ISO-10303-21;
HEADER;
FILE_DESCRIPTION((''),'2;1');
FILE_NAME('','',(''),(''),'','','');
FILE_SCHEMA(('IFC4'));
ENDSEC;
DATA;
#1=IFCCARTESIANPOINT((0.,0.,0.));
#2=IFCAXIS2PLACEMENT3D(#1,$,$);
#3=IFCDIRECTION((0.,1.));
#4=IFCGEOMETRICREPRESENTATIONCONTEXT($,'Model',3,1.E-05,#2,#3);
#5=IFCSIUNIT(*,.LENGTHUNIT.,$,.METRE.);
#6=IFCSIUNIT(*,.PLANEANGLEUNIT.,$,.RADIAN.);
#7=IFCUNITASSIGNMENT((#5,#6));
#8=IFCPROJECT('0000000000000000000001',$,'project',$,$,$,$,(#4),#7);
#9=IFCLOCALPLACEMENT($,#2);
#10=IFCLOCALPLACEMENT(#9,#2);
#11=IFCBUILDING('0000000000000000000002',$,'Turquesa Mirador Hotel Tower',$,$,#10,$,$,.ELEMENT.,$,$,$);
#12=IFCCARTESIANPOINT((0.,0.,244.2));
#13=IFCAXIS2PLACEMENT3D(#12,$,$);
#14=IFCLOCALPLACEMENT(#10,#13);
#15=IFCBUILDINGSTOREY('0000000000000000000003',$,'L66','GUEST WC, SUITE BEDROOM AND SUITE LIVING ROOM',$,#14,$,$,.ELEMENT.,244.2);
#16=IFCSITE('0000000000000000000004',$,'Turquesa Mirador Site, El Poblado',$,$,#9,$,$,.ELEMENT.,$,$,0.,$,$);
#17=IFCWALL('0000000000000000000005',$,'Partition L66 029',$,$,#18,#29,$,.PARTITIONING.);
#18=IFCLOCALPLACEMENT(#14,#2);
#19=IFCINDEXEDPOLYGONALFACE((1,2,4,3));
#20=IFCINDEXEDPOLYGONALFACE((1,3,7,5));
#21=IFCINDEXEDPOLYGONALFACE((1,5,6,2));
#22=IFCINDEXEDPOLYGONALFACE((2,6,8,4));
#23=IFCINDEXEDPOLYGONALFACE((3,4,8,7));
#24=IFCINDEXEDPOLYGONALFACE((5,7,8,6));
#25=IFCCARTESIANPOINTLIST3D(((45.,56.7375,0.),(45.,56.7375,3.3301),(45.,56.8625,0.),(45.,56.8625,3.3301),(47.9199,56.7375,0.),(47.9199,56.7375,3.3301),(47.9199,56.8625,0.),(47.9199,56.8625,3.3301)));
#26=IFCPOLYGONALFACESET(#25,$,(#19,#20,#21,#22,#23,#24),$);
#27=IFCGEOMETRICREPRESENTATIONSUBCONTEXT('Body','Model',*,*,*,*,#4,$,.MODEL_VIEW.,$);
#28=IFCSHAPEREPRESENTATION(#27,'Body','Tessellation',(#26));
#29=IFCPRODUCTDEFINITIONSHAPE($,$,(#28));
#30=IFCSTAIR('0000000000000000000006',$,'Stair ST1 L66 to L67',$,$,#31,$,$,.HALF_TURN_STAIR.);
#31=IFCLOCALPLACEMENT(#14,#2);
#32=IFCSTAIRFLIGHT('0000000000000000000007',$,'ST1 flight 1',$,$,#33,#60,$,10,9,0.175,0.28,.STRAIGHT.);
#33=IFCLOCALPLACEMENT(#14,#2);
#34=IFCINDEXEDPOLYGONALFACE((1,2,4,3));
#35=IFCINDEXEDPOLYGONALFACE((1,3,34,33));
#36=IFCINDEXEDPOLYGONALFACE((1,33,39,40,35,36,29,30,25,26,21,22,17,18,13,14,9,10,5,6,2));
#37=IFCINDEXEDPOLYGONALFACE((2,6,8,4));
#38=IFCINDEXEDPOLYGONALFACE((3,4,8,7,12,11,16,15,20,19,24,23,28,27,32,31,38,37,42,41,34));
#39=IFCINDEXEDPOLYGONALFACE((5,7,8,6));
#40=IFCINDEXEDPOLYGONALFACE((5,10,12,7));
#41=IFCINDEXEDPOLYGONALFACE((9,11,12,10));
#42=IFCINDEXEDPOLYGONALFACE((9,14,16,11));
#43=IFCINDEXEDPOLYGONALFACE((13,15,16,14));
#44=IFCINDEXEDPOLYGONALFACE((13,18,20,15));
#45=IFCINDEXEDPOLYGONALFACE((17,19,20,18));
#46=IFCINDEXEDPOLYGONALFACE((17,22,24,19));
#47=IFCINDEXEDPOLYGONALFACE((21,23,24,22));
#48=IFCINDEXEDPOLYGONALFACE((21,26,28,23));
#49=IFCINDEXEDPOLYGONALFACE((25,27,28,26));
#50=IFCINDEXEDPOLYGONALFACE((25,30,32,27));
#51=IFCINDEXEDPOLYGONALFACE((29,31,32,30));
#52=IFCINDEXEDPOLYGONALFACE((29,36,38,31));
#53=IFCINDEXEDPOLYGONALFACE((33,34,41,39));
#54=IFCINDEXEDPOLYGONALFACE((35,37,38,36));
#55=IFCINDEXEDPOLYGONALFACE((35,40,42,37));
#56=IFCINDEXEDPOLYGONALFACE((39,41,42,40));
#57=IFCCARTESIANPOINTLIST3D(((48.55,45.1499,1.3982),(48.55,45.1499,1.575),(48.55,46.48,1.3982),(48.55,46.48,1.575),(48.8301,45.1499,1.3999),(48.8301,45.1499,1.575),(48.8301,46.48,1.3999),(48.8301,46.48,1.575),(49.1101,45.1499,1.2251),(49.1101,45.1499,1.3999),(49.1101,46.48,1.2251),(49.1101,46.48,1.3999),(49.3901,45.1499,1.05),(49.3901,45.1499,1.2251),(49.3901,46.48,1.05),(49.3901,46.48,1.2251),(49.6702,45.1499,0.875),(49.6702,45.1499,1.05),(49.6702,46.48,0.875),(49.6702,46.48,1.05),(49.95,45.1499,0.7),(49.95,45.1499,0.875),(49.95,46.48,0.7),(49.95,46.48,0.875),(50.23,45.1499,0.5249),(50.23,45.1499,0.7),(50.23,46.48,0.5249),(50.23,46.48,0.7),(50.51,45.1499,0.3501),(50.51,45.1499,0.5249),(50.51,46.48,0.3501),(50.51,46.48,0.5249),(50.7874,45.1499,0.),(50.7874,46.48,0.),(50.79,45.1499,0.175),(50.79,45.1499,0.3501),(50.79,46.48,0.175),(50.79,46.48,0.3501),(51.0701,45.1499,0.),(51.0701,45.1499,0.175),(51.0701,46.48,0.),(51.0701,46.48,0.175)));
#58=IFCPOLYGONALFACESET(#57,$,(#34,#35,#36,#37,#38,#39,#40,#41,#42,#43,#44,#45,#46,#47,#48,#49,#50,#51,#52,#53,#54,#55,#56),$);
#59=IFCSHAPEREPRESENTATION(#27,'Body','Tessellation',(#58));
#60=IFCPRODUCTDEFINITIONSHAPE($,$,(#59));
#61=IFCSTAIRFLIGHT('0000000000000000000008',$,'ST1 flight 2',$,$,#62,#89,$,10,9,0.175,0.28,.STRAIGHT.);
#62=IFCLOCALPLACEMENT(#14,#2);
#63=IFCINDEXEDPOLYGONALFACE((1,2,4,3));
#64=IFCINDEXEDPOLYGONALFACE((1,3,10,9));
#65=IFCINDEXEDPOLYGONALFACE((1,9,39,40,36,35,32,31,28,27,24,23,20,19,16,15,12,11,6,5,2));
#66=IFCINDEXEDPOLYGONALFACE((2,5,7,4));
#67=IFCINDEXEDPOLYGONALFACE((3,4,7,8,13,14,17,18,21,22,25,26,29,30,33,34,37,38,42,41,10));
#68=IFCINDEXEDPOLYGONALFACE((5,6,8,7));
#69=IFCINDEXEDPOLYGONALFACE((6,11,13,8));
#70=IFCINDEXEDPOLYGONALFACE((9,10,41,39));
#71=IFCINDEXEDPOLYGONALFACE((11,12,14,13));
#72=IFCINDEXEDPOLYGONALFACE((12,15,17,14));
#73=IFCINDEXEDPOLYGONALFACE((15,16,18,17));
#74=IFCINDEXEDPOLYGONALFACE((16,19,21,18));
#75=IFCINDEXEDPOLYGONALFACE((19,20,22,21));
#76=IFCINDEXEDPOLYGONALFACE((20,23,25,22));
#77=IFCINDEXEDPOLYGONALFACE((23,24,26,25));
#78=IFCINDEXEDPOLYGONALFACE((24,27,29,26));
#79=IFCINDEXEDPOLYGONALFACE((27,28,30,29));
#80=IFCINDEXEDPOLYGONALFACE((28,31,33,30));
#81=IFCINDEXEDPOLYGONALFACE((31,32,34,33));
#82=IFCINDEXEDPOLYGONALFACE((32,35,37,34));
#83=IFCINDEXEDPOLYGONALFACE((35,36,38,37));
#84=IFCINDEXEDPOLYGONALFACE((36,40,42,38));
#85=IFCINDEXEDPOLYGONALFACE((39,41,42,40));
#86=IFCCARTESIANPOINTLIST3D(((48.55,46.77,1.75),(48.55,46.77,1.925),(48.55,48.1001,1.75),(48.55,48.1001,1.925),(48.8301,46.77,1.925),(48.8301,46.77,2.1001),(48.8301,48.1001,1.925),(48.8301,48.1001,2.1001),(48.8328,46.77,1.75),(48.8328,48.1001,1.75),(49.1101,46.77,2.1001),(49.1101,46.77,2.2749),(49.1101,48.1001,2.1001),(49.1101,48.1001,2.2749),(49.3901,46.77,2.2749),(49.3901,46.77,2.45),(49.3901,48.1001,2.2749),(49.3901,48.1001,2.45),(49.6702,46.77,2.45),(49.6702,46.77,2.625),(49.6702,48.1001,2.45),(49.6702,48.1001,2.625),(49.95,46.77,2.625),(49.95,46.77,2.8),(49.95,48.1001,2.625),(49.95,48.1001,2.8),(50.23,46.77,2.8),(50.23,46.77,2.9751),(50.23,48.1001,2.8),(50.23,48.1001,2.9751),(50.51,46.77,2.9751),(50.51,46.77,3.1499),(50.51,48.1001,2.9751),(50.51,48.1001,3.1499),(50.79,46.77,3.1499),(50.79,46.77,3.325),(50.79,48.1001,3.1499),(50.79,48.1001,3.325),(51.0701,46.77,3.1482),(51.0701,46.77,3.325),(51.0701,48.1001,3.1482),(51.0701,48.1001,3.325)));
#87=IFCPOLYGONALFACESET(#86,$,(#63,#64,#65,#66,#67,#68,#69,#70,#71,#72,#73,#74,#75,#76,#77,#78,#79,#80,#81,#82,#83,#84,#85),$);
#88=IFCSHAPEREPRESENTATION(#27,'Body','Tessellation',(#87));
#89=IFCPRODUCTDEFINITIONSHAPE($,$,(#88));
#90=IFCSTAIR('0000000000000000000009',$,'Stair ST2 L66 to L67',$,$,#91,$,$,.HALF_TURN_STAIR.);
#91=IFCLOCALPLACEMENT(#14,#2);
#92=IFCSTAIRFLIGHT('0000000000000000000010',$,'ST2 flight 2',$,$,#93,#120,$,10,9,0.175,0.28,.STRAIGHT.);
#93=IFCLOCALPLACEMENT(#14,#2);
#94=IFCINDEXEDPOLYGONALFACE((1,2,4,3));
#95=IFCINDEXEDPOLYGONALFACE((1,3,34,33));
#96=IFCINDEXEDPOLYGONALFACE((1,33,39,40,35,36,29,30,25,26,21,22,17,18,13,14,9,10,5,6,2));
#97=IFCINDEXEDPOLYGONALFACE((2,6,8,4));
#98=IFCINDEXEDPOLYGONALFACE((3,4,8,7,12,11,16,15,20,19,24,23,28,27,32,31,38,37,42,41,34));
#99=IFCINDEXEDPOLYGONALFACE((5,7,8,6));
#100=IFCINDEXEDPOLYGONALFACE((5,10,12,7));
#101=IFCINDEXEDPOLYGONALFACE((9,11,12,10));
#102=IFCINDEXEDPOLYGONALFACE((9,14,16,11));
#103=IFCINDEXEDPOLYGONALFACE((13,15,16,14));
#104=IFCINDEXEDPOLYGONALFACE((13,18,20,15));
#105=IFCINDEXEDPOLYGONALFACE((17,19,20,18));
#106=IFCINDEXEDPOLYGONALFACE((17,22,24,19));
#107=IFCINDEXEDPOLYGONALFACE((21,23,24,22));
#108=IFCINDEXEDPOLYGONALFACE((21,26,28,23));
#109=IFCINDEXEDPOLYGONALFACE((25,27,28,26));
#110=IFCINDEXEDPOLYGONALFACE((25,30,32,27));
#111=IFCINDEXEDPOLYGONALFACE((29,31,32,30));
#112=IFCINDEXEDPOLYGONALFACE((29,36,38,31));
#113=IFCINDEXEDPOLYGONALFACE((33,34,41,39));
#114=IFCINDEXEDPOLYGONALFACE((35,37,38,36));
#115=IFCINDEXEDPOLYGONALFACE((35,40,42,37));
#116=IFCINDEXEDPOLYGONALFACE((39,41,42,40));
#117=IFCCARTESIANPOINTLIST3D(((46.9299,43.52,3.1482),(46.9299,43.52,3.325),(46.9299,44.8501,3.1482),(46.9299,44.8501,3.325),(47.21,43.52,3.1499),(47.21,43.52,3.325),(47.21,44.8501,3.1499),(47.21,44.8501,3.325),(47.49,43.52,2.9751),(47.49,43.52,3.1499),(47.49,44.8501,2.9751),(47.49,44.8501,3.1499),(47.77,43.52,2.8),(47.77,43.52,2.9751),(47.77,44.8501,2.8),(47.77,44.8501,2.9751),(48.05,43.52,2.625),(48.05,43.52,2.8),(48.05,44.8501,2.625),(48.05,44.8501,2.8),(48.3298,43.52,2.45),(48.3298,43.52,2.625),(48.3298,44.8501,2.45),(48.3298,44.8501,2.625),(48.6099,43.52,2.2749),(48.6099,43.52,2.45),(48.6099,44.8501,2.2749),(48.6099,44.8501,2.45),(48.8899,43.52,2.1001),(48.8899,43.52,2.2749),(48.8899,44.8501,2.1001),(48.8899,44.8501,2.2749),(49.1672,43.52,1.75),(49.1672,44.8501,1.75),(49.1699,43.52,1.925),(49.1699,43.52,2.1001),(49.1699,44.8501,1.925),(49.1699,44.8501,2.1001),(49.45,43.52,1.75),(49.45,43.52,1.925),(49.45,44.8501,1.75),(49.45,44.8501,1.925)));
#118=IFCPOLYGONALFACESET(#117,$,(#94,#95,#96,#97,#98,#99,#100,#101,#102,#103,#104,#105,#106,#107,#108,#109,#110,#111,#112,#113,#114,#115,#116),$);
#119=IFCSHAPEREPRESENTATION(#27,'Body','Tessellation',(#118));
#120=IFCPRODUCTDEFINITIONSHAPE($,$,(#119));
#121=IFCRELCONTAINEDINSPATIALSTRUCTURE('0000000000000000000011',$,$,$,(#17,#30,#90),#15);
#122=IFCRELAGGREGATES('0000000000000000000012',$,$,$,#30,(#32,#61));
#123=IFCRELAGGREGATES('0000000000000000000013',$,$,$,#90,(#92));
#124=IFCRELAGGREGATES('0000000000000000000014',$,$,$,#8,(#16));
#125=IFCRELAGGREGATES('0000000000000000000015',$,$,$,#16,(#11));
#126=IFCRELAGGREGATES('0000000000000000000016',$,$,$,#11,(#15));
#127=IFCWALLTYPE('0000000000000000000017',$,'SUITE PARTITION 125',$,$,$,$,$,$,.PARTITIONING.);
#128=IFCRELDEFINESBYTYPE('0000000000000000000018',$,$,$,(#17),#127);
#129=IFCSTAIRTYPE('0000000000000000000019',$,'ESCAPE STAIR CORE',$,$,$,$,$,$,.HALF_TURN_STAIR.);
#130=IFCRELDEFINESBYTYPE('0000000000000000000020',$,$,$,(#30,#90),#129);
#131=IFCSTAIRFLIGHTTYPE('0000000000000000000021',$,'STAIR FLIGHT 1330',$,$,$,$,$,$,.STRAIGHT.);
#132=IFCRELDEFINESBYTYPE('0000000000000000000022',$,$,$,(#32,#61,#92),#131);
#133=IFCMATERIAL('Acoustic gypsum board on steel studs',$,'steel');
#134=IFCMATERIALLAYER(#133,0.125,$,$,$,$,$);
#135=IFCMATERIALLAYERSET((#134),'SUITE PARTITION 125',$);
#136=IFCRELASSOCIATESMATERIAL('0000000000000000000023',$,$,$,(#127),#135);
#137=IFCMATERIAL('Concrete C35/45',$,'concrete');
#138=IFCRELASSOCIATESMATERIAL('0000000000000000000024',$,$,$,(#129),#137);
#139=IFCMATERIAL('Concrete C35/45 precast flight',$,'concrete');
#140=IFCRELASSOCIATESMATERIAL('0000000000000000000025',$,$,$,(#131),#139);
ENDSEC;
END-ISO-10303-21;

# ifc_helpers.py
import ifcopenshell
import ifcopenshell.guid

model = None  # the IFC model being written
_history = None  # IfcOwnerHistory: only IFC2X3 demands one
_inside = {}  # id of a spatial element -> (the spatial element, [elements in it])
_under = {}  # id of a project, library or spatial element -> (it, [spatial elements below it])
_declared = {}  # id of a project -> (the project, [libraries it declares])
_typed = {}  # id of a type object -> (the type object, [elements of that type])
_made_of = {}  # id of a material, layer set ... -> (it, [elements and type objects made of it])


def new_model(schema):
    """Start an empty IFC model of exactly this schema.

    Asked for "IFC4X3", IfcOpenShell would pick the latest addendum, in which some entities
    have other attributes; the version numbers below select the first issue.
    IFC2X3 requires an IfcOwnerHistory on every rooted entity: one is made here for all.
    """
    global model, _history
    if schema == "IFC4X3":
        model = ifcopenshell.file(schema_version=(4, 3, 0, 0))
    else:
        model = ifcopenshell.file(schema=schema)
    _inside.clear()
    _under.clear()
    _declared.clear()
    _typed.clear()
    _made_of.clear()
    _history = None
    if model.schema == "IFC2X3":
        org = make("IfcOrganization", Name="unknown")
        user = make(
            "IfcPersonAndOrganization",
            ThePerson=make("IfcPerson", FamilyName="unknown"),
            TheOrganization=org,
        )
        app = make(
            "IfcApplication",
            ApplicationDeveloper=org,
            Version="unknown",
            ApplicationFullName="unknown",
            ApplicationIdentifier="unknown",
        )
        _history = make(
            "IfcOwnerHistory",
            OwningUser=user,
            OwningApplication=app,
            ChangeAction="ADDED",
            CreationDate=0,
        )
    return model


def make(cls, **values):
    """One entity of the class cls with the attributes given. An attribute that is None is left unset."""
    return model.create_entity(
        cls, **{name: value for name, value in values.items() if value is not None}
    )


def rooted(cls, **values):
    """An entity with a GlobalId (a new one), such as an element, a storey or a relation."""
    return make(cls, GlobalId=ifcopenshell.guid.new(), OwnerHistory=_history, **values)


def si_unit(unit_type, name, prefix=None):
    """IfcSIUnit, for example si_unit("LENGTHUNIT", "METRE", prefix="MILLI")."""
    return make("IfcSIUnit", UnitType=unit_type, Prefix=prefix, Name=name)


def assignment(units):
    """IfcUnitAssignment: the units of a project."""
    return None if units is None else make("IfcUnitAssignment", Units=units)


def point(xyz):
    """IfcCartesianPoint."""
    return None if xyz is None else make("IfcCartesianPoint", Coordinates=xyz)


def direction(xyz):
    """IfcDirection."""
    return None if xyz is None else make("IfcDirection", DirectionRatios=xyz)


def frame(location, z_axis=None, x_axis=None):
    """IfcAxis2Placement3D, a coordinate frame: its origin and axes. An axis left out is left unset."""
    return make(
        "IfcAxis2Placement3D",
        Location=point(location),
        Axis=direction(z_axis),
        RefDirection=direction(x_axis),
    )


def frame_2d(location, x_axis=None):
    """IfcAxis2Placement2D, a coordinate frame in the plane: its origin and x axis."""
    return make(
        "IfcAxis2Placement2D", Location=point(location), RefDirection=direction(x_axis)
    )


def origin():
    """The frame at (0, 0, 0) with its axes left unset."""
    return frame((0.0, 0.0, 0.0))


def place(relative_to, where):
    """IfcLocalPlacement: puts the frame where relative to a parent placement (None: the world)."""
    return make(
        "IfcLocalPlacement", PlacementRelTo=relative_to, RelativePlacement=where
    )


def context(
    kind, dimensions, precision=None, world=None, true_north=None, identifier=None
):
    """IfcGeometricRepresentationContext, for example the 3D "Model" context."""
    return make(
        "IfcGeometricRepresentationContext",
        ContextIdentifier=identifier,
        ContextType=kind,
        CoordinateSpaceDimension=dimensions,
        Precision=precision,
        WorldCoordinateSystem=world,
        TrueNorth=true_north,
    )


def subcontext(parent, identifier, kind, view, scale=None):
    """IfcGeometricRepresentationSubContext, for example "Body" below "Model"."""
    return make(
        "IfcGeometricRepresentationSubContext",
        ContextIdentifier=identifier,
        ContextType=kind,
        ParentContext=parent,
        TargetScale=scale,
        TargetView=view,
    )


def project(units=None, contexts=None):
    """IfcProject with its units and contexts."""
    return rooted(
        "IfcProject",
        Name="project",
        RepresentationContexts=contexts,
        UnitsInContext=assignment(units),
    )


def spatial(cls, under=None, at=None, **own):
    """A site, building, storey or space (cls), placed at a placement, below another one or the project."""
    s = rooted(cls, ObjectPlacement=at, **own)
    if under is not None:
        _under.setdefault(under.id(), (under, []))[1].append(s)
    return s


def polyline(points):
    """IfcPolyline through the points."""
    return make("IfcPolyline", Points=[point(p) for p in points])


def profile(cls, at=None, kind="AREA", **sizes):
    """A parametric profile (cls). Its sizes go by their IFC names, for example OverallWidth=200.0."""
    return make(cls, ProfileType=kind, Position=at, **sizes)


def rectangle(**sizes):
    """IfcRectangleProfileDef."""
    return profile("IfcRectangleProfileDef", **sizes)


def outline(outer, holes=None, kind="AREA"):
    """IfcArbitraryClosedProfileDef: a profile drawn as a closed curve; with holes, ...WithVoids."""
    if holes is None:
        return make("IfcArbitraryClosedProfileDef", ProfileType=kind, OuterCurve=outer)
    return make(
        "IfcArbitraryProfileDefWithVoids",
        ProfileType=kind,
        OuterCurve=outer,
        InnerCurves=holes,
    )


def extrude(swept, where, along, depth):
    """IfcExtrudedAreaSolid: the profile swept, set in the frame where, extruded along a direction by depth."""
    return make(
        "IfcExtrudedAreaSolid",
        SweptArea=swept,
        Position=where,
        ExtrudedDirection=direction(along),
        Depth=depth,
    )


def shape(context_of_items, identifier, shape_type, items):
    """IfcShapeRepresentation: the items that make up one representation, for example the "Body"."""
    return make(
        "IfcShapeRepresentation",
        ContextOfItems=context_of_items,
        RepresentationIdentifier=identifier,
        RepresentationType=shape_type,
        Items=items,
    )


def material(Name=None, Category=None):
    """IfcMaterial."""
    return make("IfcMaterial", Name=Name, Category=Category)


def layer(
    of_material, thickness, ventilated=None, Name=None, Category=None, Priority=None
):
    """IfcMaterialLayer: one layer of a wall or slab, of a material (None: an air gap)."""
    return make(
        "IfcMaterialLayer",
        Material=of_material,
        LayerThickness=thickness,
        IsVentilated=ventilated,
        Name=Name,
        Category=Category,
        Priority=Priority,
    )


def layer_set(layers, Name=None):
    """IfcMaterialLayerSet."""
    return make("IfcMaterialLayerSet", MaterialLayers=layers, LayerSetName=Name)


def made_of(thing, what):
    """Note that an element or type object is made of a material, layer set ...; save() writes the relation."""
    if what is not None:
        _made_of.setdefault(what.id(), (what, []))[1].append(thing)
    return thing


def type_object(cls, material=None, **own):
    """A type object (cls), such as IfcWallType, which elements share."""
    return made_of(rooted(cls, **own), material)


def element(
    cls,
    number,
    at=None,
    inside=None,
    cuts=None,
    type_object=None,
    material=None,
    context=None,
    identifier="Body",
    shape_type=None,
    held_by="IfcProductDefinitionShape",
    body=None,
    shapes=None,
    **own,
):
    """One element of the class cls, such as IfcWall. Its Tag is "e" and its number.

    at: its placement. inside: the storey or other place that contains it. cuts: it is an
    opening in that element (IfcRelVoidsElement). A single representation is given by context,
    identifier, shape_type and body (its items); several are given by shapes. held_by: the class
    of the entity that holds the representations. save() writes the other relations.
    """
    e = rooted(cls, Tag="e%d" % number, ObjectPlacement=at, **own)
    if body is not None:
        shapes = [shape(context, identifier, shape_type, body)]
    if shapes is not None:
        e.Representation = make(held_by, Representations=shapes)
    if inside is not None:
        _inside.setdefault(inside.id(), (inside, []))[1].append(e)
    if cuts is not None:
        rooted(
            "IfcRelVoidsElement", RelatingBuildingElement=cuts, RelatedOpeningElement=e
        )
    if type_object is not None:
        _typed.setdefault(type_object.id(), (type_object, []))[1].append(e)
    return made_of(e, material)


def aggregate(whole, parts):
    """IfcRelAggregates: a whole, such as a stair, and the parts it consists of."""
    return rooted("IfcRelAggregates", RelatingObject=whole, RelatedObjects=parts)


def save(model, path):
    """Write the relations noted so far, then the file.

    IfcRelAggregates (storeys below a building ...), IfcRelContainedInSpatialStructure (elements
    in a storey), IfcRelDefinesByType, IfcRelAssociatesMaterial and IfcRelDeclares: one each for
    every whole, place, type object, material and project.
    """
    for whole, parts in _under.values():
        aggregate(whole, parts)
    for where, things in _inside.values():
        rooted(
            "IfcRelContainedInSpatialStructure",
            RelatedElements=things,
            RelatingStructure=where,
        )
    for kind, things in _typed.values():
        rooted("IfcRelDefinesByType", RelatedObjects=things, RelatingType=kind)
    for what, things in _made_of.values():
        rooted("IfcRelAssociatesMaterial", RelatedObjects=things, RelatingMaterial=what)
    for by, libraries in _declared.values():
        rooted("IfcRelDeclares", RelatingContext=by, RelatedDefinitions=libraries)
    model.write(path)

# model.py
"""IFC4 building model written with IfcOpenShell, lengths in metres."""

from ifc_helpers import new_model, si_unit, direction, frame, frame_2d, origin, place, context, subcontext, project, spatial, polyline, rectangle, outline, extrude, material, layer, layer_set, type_object, element, aggregate, save


model = new_model("IFC4")

# Units and contexts
model_context = context("Model", 3, precision=1e-05, world=origin(), true_north=direction((0.0, 1.0)))
body_context = subcontext(model_context, "Body", "Model", "MODEL_VIEW")
ifc_project = project(units=[si_unit("LENGTHUNIT", "METRE"), si_unit("PLANEANGLEUNIT", "RADIAN")], contexts=[model_context])

# Site, building, storey
site_placement = place(None, origin())
site = spatial("IfcSite", under=ifc_project, at=site_placement, Name="Turquesa Mirador Site, El Poblado", CompositionType="ELEMENT", RefElevation=0.0)
building_placement = place(site_placement, origin())
building = spatial("IfcBuilding", under=site, at=building_placement, Name="Turquesa Mirador Hotel Tower", CompositionType="ELEMENT")
storey_placement = place(building_placement, frame((0.0, 0.0, 244.2)))
storey = spatial("IfcBuildingStorey", under=building, at=storey_placement, Name="L66", Description="GUEST WC, SUITE BEDROOM AND SUITE LIVING ROOM", CompositionType="ELEMENT", Elevation=244.2)

# Wall
ifc_material_1 = material(Name="Acoustic gypsum board on steel studs", Category="steel")
ifc_layer_1 = layer(ifc_material_1, 0.125)
ifc_layer_set_1 = layer_set([ifc_layer_1], Name="SUITE PARTITION 125")
wall_type_1 = type_object("IfcWallType", Name="SUITE PARTITION 125", PredefinedType="PARTITIONING", material=ifc_layer_set_1)
wall_1_placement = place(storey_placement, frame((45.0, 56.8, 0.0), z_axis=(0.0, 0.0, 1.0), x_axis=(1.0, 0.0, 0.0)))
element("IfcWall", 1, at=wall_1_placement, inside=storey, type_object=wall_type_1, Name="Partition L66 029", PredefinedType="PARTITIONING", context=body_context, shape_type="SweptSolid", body=[
    extrude(rectangle(XDim=2.9199, YDim=0.125, at=frame_2d((1.46, 0.0))), origin(), (0.0, 0.0, 1.0), 3.3301),
])

# Stair, stair flights
ifc_material_2 = material(Name="Concrete C35/45", Category="concrete")
stair_type = type_object("IfcStairType", Name="ESCAPE STAIR CORE", PredefinedType="HALF_TURN_STAIR", material=ifc_material_2)
stair_1_placement = place(storey_placement, origin())
stair_1 = element("IfcStair", 2, at=stair_1_placement, inside=storey, type_object=stair_type, Name="Stair ST1 L66 to L67", PredefinedType="HALF_TURN_STAIR")
ifc_material_3 = material(Name="Concrete C35/45 precast flight", Category="concrete")
stair_flight_type = type_object("IfcStairFlightType", Name="STAIR FLIGHT 1330", PredefinedType="STRAIGHT", material=ifc_material_3)
stair_flight_1_placement = place(storey_placement, frame((51.0701, 45.8149, 0.0), z_axis=(0.0, 0.0, 1.0), x_axis=(-1.0, 0.0, 0.0)))
stair_flight_1 = element("IfcStairFlight", 3, at=stair_flight_1_placement, type_object=stair_flight_type, Name="ST1 flight 1", NumberOfRisers=10, NumberOfTreads=9, PredefinedType="STRAIGHT", RiserHeight=0.175, TreadLength=0.28, context=body_context, shape_type="SweptSolid", body=[
    extrude(outline(polyline([(0.0, 0.0), (0.0, 0.175), (0.28, 0.175), (0.28, 0.3501), (0.5601, 0.3501), (0.5601, 0.5249), (0.8401, 0.5249), (0.8401, 0.7), (1.1201, 0.7), (1.1201, 0.875), (1.3999, 0.875), (1.3999, 1.05), (1.6799, 1.05), (1.6799, 1.2251), (1.96, 1.2251), (1.96, 1.3999), (2.24, 1.3999), (2.24, 1.575), (2.52, 1.575), (2.52, 1.75), (2.52, 1.3982), (0.2827, 0.0), (0.0, 0.0)])), frame((0.0, 0.665, 0.0), z_axis=(0.0, -1.0, 0.0), x_axis=(1.0, 0.0, 0.0)), (0.0, 0.0, 1.0), 1.3301),
])
stair_flight_2_placement = place(storey_placement, frame((48.55, 47.4351, 1.75), z_axis=(0.0, 0.0, 1.0), x_axis=(1.0, 0.0, 0.0)))
stair_flight_2 = element("IfcStairFlight", 4, at=stair_flight_2_placement, type_object=stair_flight_type, Name="ST1 flight 2", NumberOfRisers=10, NumberOfTreads=9, PredefinedType="STRAIGHT", RiserHeight=0.175, TreadLength=0.28, context=body_context, shape_type="SweptSolid", body=[
    extrude(outline(polyline([(0.0, 0.0), (0.0, 0.175), (0.28, 0.175), (0.28, 0.3501), (0.5601, 0.3501), (0.5601, 0.5249), (0.8401, 0.5249), (0.8401, 0.7), (1.1201, 0.7), (1.1201, 0.875), (1.3999, 0.875), (1.3999, 1.05), (1.6799, 1.05), (1.6799, 1.2251), (1.96, 1.2251), (1.96, 1.3999), (2.24, 1.3999), (2.24, 1.575), (2.52, 1.575), (2.52, 1.75), (2.52, 1.3982), (0.2827, 0.0), (0.0, 0.0)])), frame((0.0, 0.665, 0.0), z_axis=(0.0, -1.0, 0.0), x_axis=(1.0, 0.0, 0.0)), (0.0, 0.0, 1.0), 1.3301),
])
aggregate(stair_1, [stair_flight_1, stair_flight_2])

# Stair, stair flight
stair_2_placement = place(storey_placement, origin())
stair_2 = element("IfcStair", 5, at=stair_2_placement, inside=storey, type_object=stair_type, Name="Stair ST2 L66 to L67", PredefinedType="HALF_TURN_STAIR")
stair_flight_3_placement = place(storey_placement, frame((49.45, 44.1851, 1.75), z_axis=(0.0, 0.0, 1.0), x_axis=(-1.0, 0.0, 0.0)))
stair_flight_3 = element("IfcStairFlight", 6, at=stair_flight_3_placement, type_object=stair_flight_type, Name="ST2 flight 2", NumberOfRisers=10, NumberOfTreads=9, PredefinedType="STRAIGHT", RiserHeight=0.175, TreadLength=0.28, context=body_context, shape_type="SweptSolid", body=[
    extrude(outline(polyline([(0.0, 0.0), (0.0, 0.175), (0.28, 0.175), (0.28, 0.3501), (0.5601, 0.3501), (0.5601, 0.5249), (0.8401, 0.5249), (0.8401, 0.7), (1.1201, 0.7), (1.1201, 0.875), (1.3999, 0.875), (1.3999, 1.05), (1.6799, 1.05), (1.6799, 1.2251), (1.96, 1.2251), (1.96, 1.3999), (2.24, 1.3999), (2.24, 1.575), (2.52, 1.575), (2.52, 1.75), (2.52, 1.3982), (0.2827, 0.0), (0.0, 0.0)])), frame((0.0, 0.665, 0.0), z_axis=(0.0, -1.0, 0.0), x_axis=(1.0, 0.0, 0.0)), (0.0, 0.0, 1.0), 1.3301),
])
aggregate(stair_2, [stair_flight_3])

save(model, "model.ifc")
